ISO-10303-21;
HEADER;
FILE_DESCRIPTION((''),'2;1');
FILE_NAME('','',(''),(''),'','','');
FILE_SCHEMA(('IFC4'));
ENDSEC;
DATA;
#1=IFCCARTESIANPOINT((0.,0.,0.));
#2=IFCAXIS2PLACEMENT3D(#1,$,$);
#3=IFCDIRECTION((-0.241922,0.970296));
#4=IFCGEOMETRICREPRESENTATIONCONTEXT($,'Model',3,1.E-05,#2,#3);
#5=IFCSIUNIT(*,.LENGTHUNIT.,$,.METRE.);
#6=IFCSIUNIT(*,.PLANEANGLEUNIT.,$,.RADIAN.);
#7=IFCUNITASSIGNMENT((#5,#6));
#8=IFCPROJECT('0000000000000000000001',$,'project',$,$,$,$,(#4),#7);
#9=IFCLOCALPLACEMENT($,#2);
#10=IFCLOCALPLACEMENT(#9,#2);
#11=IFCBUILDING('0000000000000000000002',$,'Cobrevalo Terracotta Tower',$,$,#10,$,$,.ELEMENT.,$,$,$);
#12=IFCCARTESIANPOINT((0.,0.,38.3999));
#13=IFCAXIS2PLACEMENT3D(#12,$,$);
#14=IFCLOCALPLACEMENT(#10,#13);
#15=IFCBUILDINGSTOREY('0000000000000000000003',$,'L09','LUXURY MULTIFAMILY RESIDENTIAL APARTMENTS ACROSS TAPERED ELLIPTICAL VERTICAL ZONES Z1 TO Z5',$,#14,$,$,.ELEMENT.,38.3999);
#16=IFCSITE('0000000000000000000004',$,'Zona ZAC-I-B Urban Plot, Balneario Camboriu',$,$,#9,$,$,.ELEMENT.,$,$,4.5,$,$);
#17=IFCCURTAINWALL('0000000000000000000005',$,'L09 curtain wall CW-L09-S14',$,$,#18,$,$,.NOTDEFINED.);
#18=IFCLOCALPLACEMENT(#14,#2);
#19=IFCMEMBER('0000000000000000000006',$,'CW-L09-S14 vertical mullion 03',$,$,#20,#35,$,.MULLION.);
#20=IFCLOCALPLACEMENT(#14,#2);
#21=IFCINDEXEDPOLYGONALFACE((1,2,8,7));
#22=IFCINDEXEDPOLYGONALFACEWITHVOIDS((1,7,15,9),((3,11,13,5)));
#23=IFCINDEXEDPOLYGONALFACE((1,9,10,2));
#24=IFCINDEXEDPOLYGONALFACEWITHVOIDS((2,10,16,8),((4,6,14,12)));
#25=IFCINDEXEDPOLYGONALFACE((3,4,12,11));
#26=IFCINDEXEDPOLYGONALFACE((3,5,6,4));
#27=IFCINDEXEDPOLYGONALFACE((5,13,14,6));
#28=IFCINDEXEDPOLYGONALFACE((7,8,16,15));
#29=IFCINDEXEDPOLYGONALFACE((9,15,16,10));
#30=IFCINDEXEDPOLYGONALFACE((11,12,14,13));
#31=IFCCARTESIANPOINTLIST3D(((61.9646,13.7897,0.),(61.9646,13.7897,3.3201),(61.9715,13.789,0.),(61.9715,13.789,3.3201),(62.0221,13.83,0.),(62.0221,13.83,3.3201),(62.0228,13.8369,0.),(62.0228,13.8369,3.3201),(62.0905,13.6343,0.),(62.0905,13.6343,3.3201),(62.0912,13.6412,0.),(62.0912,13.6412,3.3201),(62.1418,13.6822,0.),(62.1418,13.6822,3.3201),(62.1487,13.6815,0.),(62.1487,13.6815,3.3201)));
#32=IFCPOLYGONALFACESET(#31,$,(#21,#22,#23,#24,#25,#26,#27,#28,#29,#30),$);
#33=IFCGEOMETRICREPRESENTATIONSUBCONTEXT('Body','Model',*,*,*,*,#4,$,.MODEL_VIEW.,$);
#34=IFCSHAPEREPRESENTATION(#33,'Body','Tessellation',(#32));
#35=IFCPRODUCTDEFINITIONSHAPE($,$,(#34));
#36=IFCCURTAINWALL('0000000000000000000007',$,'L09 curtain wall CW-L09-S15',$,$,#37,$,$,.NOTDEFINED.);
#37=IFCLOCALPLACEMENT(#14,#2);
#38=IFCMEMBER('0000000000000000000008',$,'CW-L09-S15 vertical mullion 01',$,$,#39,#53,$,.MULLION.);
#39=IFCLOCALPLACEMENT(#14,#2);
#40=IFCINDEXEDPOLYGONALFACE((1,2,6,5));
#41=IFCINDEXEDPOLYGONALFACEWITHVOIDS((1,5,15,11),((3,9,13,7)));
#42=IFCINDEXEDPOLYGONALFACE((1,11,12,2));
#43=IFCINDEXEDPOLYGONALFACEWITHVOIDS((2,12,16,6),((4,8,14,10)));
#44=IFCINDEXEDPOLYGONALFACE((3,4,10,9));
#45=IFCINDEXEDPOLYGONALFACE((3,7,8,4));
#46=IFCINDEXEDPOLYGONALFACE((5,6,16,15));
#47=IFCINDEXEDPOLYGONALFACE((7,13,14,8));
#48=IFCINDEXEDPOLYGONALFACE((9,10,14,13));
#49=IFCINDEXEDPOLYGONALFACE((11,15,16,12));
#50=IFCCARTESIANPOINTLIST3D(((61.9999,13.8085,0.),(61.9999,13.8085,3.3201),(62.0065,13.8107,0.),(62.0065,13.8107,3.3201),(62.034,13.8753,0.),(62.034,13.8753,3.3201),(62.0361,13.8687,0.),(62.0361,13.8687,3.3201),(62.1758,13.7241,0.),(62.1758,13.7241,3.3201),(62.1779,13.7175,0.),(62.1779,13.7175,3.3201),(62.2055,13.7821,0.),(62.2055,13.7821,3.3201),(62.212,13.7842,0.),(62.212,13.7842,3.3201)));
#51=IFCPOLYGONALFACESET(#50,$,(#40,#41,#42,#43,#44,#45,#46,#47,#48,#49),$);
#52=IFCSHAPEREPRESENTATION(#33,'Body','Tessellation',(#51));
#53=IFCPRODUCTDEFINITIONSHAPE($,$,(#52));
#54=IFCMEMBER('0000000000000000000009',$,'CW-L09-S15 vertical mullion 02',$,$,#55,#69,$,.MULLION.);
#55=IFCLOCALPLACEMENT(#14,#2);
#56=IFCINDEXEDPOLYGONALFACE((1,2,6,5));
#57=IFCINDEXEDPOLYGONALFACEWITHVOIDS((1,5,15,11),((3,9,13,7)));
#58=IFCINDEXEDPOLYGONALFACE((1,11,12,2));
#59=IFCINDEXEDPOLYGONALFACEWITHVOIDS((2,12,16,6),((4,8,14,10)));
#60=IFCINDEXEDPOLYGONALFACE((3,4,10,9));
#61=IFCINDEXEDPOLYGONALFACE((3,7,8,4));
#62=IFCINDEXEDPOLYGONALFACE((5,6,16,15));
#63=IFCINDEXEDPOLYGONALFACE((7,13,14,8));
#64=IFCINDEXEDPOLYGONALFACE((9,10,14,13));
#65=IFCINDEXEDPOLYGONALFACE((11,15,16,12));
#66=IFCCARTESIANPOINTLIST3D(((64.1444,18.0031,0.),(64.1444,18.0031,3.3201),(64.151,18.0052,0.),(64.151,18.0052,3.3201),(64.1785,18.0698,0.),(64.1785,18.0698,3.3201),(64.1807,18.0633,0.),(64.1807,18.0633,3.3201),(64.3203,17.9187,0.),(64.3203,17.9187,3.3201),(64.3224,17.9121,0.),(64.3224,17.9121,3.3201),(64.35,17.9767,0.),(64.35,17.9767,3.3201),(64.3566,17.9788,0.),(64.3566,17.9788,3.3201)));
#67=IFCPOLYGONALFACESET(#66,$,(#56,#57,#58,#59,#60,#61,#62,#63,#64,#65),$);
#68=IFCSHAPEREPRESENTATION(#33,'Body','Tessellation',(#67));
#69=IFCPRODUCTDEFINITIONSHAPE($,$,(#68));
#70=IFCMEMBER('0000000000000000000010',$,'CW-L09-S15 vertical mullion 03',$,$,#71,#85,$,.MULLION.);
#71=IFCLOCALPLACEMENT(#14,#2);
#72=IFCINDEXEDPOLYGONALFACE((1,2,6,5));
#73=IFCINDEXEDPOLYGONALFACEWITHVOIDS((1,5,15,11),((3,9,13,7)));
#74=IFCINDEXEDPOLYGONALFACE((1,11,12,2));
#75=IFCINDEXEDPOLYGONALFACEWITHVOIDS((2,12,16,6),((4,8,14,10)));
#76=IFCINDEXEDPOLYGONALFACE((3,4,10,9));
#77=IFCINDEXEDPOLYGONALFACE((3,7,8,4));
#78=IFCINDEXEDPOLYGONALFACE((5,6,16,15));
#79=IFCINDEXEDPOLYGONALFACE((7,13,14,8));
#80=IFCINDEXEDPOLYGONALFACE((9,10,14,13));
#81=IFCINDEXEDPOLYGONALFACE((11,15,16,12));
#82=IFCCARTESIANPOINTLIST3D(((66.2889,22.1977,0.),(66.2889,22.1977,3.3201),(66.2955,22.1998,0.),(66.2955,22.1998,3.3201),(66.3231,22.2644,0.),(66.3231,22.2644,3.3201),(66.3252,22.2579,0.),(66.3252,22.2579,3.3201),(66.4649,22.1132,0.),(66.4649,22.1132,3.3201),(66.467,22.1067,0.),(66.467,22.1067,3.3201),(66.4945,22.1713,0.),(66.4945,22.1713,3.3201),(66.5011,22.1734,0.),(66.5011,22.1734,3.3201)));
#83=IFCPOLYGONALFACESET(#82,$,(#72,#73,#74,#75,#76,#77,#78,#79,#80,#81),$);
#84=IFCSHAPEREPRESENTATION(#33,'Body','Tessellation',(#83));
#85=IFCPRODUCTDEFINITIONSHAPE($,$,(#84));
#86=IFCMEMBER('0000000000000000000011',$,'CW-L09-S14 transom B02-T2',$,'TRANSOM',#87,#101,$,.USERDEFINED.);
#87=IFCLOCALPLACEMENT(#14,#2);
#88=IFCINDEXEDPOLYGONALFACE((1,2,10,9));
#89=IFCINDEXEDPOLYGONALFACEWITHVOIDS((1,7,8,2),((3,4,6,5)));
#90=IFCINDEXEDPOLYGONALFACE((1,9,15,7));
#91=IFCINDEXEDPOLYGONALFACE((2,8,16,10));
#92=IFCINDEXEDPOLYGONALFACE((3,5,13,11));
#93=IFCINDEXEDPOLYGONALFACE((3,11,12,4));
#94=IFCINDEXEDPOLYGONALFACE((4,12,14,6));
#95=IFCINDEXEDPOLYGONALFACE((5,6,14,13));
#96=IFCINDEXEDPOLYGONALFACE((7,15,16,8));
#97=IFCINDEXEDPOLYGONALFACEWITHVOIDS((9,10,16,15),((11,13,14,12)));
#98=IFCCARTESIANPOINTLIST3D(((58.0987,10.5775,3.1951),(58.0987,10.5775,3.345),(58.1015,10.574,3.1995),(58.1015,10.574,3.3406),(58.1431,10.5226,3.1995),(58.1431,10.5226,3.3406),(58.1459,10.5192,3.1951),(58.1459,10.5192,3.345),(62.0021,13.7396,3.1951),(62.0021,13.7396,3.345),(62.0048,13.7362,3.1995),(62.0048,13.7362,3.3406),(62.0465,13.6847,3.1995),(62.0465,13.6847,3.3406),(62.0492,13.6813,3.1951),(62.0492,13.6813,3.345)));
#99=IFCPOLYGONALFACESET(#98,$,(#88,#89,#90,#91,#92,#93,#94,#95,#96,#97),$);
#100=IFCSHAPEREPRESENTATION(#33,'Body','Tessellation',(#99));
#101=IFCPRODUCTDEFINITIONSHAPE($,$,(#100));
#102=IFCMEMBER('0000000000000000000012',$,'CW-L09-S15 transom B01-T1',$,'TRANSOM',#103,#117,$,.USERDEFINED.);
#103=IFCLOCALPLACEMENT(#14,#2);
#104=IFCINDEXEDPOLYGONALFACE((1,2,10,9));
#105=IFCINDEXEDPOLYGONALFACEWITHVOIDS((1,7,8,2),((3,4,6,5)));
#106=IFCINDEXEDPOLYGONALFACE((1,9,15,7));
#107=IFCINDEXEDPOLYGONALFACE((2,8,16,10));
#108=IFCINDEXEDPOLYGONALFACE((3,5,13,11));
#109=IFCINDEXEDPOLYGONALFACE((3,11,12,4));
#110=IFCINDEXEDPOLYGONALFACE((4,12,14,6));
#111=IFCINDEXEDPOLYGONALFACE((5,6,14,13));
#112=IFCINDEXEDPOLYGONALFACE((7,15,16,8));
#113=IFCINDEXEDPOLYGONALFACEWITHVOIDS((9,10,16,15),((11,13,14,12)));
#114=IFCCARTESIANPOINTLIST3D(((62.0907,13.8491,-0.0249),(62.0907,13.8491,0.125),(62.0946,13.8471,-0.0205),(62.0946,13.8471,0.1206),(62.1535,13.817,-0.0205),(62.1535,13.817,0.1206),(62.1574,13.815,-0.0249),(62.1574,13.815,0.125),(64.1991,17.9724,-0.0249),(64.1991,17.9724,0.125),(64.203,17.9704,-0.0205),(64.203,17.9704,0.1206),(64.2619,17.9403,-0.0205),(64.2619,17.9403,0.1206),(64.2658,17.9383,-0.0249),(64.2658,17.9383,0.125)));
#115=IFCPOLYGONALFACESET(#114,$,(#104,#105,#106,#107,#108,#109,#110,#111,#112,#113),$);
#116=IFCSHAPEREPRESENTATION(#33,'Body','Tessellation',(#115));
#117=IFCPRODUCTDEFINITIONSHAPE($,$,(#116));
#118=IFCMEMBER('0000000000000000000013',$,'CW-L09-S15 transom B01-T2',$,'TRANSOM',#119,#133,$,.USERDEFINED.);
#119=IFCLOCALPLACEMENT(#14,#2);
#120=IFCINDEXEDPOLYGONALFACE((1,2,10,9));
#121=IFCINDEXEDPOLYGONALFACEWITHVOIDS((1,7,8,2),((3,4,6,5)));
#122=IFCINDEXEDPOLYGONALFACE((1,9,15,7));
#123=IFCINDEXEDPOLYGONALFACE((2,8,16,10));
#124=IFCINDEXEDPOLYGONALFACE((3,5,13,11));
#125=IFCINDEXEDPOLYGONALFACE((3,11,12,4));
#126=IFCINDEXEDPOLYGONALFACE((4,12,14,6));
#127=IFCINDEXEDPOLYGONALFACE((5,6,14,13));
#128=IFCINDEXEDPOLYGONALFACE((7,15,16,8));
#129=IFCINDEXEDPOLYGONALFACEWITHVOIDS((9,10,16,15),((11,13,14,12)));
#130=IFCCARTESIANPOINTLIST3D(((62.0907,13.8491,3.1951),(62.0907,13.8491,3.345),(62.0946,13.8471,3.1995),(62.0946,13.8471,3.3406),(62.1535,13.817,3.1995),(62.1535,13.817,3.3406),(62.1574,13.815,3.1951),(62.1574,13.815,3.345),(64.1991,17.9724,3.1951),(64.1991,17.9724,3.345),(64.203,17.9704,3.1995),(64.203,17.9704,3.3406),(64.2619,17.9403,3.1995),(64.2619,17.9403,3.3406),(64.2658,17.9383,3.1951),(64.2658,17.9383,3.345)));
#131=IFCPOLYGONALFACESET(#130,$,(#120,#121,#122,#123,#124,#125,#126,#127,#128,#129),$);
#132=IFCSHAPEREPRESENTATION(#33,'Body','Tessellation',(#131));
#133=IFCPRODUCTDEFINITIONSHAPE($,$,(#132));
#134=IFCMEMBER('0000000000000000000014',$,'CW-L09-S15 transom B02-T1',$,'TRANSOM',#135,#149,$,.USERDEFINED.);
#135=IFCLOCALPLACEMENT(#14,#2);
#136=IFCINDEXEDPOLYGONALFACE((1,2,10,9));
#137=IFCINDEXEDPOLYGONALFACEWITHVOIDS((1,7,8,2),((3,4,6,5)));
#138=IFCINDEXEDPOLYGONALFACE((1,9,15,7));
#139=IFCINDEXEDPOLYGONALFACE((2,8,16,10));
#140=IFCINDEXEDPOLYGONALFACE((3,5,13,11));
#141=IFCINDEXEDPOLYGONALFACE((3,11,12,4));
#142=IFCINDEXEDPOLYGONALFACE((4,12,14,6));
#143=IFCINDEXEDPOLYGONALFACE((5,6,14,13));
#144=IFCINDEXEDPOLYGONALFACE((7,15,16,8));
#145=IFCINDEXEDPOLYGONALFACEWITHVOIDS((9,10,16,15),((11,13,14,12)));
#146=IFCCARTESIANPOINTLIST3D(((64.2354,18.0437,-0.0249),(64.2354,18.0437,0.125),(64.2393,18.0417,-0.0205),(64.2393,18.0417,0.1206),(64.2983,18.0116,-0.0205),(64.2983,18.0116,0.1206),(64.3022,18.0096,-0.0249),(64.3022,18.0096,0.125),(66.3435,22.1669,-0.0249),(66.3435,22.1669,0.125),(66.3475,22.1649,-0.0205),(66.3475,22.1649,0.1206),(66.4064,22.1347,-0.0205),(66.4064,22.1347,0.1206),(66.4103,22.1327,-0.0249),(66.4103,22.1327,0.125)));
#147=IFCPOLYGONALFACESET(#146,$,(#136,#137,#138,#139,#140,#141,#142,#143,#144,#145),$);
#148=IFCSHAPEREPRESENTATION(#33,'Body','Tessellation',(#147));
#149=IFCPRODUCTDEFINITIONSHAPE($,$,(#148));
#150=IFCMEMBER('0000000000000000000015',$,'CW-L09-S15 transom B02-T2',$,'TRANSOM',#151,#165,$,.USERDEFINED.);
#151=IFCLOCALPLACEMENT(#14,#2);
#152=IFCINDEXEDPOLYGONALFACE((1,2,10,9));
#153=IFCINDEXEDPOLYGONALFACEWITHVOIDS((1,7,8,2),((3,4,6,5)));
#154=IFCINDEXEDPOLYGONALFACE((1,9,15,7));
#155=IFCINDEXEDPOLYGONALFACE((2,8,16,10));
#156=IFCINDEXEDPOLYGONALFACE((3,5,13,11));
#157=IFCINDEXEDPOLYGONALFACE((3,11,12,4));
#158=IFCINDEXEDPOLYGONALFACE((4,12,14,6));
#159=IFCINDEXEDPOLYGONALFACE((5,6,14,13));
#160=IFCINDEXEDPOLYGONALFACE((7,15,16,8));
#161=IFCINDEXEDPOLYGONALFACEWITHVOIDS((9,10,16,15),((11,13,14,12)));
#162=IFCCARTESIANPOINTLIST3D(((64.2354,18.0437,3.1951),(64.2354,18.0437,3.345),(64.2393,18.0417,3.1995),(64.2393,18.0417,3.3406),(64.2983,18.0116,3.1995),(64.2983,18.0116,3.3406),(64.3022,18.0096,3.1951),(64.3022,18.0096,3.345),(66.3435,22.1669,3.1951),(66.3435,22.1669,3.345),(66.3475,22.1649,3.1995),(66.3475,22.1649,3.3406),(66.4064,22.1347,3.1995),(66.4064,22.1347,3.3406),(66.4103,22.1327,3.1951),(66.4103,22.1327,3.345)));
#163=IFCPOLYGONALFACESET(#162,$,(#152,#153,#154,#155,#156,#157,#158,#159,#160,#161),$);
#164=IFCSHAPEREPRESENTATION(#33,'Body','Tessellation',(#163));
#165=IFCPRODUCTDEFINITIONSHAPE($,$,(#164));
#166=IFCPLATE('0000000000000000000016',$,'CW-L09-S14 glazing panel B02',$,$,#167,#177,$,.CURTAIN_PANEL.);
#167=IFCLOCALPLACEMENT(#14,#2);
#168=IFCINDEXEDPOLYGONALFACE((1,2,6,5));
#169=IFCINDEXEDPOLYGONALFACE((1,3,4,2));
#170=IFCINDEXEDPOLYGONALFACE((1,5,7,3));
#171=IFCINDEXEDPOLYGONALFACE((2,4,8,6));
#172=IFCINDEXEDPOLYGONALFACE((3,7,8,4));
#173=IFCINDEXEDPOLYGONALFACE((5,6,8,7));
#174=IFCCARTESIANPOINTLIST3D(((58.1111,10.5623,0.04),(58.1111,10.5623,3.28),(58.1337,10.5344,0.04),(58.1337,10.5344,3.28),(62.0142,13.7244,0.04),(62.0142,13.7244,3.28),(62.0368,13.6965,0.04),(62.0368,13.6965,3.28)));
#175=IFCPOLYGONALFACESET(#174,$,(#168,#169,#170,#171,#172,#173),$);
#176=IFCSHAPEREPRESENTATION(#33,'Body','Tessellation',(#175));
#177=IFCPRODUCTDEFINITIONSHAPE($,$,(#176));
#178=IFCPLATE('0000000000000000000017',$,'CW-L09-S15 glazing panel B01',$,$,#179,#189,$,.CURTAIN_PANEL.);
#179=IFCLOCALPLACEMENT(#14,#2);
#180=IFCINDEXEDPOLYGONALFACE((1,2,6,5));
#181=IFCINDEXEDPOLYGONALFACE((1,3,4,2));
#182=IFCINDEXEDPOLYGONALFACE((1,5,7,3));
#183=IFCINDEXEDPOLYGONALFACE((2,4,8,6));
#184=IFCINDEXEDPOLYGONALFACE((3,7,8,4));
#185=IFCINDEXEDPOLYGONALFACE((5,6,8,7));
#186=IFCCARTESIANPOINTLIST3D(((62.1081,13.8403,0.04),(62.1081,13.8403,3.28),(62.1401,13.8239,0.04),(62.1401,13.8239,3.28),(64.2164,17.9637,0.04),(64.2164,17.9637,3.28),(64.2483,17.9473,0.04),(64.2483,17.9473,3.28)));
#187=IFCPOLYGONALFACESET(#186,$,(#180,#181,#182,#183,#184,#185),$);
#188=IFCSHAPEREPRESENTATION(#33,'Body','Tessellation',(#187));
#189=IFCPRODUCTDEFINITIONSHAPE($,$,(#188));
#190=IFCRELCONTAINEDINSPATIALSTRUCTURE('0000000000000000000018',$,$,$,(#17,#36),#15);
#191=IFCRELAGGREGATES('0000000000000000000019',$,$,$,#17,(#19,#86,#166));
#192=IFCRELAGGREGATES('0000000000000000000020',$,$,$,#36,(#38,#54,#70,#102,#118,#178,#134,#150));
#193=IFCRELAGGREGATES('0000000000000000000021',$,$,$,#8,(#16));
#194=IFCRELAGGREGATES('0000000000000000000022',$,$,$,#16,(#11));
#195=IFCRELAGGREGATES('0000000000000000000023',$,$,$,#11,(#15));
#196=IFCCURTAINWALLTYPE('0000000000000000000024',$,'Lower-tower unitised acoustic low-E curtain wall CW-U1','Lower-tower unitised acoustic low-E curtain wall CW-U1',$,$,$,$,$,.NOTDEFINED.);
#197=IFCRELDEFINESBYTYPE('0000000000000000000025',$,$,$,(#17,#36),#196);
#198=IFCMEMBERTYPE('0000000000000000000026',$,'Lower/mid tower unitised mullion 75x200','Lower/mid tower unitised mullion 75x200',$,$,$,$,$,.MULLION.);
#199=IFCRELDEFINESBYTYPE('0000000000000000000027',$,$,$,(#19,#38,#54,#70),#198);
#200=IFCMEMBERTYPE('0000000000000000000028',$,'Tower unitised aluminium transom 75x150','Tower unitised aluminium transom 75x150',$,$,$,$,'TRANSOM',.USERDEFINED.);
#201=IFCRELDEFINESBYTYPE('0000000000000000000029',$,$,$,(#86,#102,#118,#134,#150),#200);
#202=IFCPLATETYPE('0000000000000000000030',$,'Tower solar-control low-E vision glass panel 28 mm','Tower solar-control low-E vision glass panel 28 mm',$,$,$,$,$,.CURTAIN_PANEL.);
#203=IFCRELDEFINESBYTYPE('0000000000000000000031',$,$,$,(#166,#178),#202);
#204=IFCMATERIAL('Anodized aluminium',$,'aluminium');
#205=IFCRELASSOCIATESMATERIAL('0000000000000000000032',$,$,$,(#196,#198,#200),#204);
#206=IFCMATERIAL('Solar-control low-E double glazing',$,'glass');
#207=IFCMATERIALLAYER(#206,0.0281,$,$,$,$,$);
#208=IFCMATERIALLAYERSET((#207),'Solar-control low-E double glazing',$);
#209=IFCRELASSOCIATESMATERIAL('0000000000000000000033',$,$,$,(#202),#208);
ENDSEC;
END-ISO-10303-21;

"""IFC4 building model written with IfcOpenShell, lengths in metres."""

from ifc_helpers import new_model, si_unit, direction, frame, origin, origin_2d, place, context, subcontext, project, spatial, rectangle, hollow_rectangle, extrude, source, transform, mapped, material, layer, layer_set, material_profile, profile_set, type_object, element, aggregate, save


model = new_model("IFC4")

# Units and contexts
model_context = context("Model", 3, precision=1e-05, world=origin(), true_north=direction((-0.241922, 0.970296)))
body_context = subcontext(model_context, "Body", "Model", "MODEL_VIEW")
ifc_project = project(units=[si_unit("LENGTHUNIT", "METRE"), si_unit("PLANEANGLEUNIT", "RADIAN")], contexts=[model_context])

# Site, building, storey
site_placement = place(None, origin())
site = spatial("IfcSite", under=ifc_project, at=site_placement, Name="Zona ZAC-I-B Urban Plot, Balneario Camboriu", CompositionType="ELEMENT", RefElevation=4.5)
building_placement = place(site_placement, origin())
building = spatial("IfcBuilding", under=site, at=building_placement, Name="Cobrevalo Terracotta Tower", CompositionType="ELEMENT")
storey_placement = place(building_placement, frame((0.0, 0.0, 38.3999)))
storey = spatial("IfcBuildingStorey", under=building, at=storey_placement, Name="L09", Description="LUXURY MULTIFAMILY RESIDENTIAL APARTMENTS ACROSS TAPERED ELLIPTICAL VERTICAL ZONES Z1 TO Z5", CompositionType="ELEMENT", Elevation=38.3999)

# Curtain wall, member
ifc_material_1 = material(Name="Anodized aluminium", Category="aluminium")
curtain_wall_type = type_object("IfcCurtainWallType", Name="Lower-tower unitised acoustic low-E curtain wall CW-U1", Description="Lower-tower unitised acoustic low-E curtain wall CW-U1", PredefinedType="NOTDEFINED", material=ifc_material_1)
curtain_wall_1_placement = place(storey_placement, origin())
curtain_wall_1 = element("IfcCurtainWall", 1, at=curtain_wall_1_placement, inside=storey, type_object=curtain_wall_type, Name="L09 curtain wall CW-L09-S14", PredefinedType="NOTDEFINED")
ifc_material_profile_1 = material_profile(ifc_material_1, hollow_rectangle(XDim=0.075, YDim=0.2, WallThickness=0.0049, at=origin_2d()), Name="CWM 75x200")
ifc_profile_set_1 = profile_set([ifc_material_profile_1], Name="Anodized aluminium")
member_type_1 = type_object("IfcMemberType", Name="Lower/mid tower unitised mullion 75x200", Description="Lower/mid tower unitised mullion 75x200", PredefinedType="MULLION", material=ifc_profile_set_1)
shared_shape_1 = source(origin(), body_context, "Body", "SweptSolid", [
    extrude(hollow_rectangle(XDim=0.075, YDim=0.2, WallThickness=0.0049, at=origin_2d()), origin(), (0.0, 0.0, 1.0), 3.3201),
])
member_1_placement = place(storey_placement, frame((62.0566, 13.7356, 0.0), z_axis=(0.0, 0.0, 1.0), x_axis=(0.777003, 0.629497, 0.0)))
member_1 = element("IfcMember", 2, at=member_1_placement, type_object=member_type_1, Name="CW-L09-S14 vertical mullion 03", PredefinedType="MULLION", context=body_context, shape_type="MappedRepresentation", body=[
    mapped(shared_shape_1, transform((0.0, 0.0, 0.0), scale=1.0)),
])

# Curtain wall, members
curtain_wall_2_placement = place(storey_placement, origin())
curtain_wall_2 = element("IfcCurtainWall", 3, at=curtain_wall_2_placement, inside=storey, type_object=curtain_wall_type, Name="L09 curtain wall CW-L09-S15", PredefinedType="NOTDEFINED")
member_2_placement = place(storey_placement, frame((62.106, 13.7964, 0.0), z_axis=(0.0, 0.0, 1.0), x_axis=(0.455234, 0.890372, 0.0)))
member_2 = element("IfcMember", 4, at=member_2_placement, type_object=member_type_1, Name="CW-L09-S15 vertical mullion 01", PredefinedType="MULLION", context=body_context, shape_type="MappedRepresentation", body=[
    mapped(shared_shape_1, transform((0.0, 0.0, 0.0), scale=1.0)),
])
member_3_placement = place(storey_placement, frame((64.2505, 17.991, 0.0), z_axis=(0.0, 0.0, 1.0), x_axis=(0.455234, 0.890372, 0.0)))
member_3 = element("IfcMember", 5, at=member_3_placement, type_object=member_type_1, Name="CW-L09-S15 vertical mullion 02", PredefinedType="MULLION", context=body_context, shape_type="MappedRepresentation", body=[
    mapped(shared_shape_1, transform((0.0, 0.0, 0.0), scale=1.0)),
])
member_4_placement = place(storey_placement, frame((66.395, 22.1855, 0.0), z_axis=(0.0, 0.0, 1.0), x_axis=(0.455234, 0.890372, 0.0)))
member_4 = element("IfcMember", 6, at=member_4_placement, type_object=member_type_1, Name="CW-L09-S15 vertical mullion 03", PredefinedType="MULLION", context=body_context, shape_type="MappedRepresentation", body=[
    mapped(shared_shape_1, transform((0.0, 0.0, 0.0), scale=1.0)),
])

# Members
ifc_material_profile_2 = material_profile(ifc_material_1, hollow_rectangle(XDim=0.075, YDim=0.1499, WallThickness=0.0044, at=origin_2d()), Name="CWT 75x150")
ifc_profile_set_2 = profile_set([ifc_material_profile_2], Name="Anodized aluminium")
member_type_2 = type_object("IfcMemberType", Name="Tower unitised aluminium transom 75x150", Description="Tower unitised aluminium transom 75x150", ElementType="TRANSOM", PredefinedType="USERDEFINED", material=ifc_profile_set_2)
shared_shape_2 = source(origin(), body_context, "Body", "SweptSolid", [
    extrude(hollow_rectangle(XDim=0.075, YDim=0.1499, WallThickness=0.0044, at=origin_2d()), origin(), (0.0, 0.0, 1.0), 5.0234),
])
member_5_placement = place(storey_placement, frame((58.1223, 10.5483, 3.27), z_axis=(0.777023, 0.629472, 0.0), x_axis=(-0.629472, 0.777023, 0.0)))
member_5 = element("IfcMember", 7, at=member_5_placement, type_object=member_type_2, Name="CW-L09-S14 transom B02-T2", ObjectType="TRANSOM", PredefinedType="USERDEFINED", context=body_context, shape_type="MappedRepresentation", body=[
    mapped(shared_shape_2, transform((0.0, 0.0, 0.0), scale=1.0)),
])
shared_shape_3 = source(origin(), body_context, "Body", "SweptSolid", [
    extrude(hollow_rectangle(XDim=0.075, YDim=0.1499, WallThickness=0.0044, at=origin_2d()), origin(), (0.0, 0.0, 1.0), 4.6311),
])
member_6_placement = place(storey_placement, frame((62.124, 13.832, 0.05), z_axis=(0.455272, 0.890353, 0.0), x_axis=(-0.890353, 0.455272, 0.0)))
member_6 = element("IfcMember", 8, at=member_6_placement, type_object=member_type_2, Name="CW-L09-S15 transom B01-T1", ObjectType="TRANSOM", PredefinedType="USERDEFINED", context=body_context, shape_type="MappedRepresentation", body=[
    mapped(shared_shape_3, transform((0.0, 0.0, 0.0), scale=1.0)),
])
member_7_placement = place(storey_placement, frame((62.124, 13.832, 3.27), z_axis=(0.455272, 0.890353, 0.0), x_axis=(-0.890353, 0.455272, 0.0)))
member_7 = element("IfcMember", 9, at=member_7_placement, type_object=member_type_2, Name="CW-L09-S15 transom B01-T2", ObjectType="TRANSOM", PredefinedType="USERDEFINED", context=body_context, shape_type="MappedRepresentation", body=[
    mapped(shared_shape_3, transform((0.0, 0.0, 0.0), scale=1.0)),
])
shared_shape_4 = source(origin(), body_context, "Body", "SweptSolid", [
    extrude(hollow_rectangle(XDim=0.075, YDim=0.1499, WallThickness=0.0044, at=origin_2d()), origin(), (0.0, 0.0, 1.0), 4.6309),
])
member_8_placement = place(storey_placement, frame((64.2688, 18.0266, 0.05), z_axis=(0.45523, 0.890374, 0.0), x_axis=(-0.890374, 0.45523, 0.0)))
member_8 = element("IfcMember", 10, at=member_8_placement, type_object=member_type_2, Name="CW-L09-S15 transom B02-T1", ObjectType="TRANSOM", PredefinedType="USERDEFINED", context=body_context, shape_type="MappedRepresentation", body=[
    mapped(shared_shape_4, transform((0.0, 0.0, 0.0), scale=1.0)),
])
member_9_placement = place(storey_placement, frame((64.2688, 18.0266, 3.27), z_axis=(0.45523, 0.890374, 0.0), x_axis=(-0.890374, 0.45523, 0.0)))
member_9 = element("IfcMember", 11, at=member_9_placement, type_object=member_type_2, Name="CW-L09-S15 transom B02-T2", ObjectType="TRANSOM", PredefinedType="USERDEFINED", context=body_context, shape_type="MappedRepresentation", body=[
    mapped(shared_shape_4, transform((0.0, 0.0, 0.0), scale=1.0)),
])

# Plates
ifc_material_2 = material(Name="Solar-control low-E double glazing", Category="glass")
ifc_layer_1 = layer(ifc_material_2, 0.0281)
ifc_layer_set_1 = layer_set([ifc_layer_1], Name="Solar-control low-E double glazing")
plate_type = type_object("IfcPlateType", Name="Tower solar-control low-E vision glass panel 28 mm", Description="Tower solar-control low-E vision glass panel 28 mm", PredefinedType="CURTAIN_PANEL", material=ifc_layer_set_1)
shared_shape_5 = source(origin(), body_context, "Body", "SweptSolid", [
    extrude(rectangle(XDim=5.0232, YDim=0.0359, at=origin_2d()), origin(), (0.0, 0.0, 1.0), 3.24),
])
plate_1_placement = place(storey_placement, frame((60.074, 12.1294, 0.04), z_axis=(0.0, 0.0, 1.0), x_axis=(0.777008, 0.629491, 0.0)))
plate_1 = element("IfcPlate", 12, at=plate_1_placement, type_object=plate_type, Name="CW-L09-S14 glazing panel B02", PredefinedType="CURTAIN_PANEL", context=body_context, shape_type="MappedRepresentation", body=[
    mapped(shared_shape_5, transform((0.0, 0.0, 0.0), scale=1.0)),
])
aggregate(curtain_wall_1, [member_1, member_5, plate_1])
shared_shape_6 = source(origin(), body_context, "Body", "SweptSolid", [
    extrude(rectangle(XDim=4.6311, YDim=0.0359, at=origin_2d()), origin(), (0.0, 0.0, 1.0), 3.24),
])
plate_2_placement = place(storey_placement, frame((63.1782, 15.8938, 0.04), z_axis=(0.0, 0.0, 1.0), x_axis=(0.455231, 0.890373, 0.0)))
plate_2 = element("IfcPlate", 13, at=plate_2_placement, type_object=plate_type, Name="CW-L09-S15 glazing panel B01", PredefinedType="CURTAIN_PANEL", context=body_context, shape_type="MappedRepresentation", body=[
    mapped(shared_shape_6, transform((0.0, 0.0, 0.0), scale=1.0)),
])
aggregate(curtain_wall_2, [member_2, member_3, member_4, member_6, member_7, plate_2, member_8, member_9])

save(model, "model.ifc")
